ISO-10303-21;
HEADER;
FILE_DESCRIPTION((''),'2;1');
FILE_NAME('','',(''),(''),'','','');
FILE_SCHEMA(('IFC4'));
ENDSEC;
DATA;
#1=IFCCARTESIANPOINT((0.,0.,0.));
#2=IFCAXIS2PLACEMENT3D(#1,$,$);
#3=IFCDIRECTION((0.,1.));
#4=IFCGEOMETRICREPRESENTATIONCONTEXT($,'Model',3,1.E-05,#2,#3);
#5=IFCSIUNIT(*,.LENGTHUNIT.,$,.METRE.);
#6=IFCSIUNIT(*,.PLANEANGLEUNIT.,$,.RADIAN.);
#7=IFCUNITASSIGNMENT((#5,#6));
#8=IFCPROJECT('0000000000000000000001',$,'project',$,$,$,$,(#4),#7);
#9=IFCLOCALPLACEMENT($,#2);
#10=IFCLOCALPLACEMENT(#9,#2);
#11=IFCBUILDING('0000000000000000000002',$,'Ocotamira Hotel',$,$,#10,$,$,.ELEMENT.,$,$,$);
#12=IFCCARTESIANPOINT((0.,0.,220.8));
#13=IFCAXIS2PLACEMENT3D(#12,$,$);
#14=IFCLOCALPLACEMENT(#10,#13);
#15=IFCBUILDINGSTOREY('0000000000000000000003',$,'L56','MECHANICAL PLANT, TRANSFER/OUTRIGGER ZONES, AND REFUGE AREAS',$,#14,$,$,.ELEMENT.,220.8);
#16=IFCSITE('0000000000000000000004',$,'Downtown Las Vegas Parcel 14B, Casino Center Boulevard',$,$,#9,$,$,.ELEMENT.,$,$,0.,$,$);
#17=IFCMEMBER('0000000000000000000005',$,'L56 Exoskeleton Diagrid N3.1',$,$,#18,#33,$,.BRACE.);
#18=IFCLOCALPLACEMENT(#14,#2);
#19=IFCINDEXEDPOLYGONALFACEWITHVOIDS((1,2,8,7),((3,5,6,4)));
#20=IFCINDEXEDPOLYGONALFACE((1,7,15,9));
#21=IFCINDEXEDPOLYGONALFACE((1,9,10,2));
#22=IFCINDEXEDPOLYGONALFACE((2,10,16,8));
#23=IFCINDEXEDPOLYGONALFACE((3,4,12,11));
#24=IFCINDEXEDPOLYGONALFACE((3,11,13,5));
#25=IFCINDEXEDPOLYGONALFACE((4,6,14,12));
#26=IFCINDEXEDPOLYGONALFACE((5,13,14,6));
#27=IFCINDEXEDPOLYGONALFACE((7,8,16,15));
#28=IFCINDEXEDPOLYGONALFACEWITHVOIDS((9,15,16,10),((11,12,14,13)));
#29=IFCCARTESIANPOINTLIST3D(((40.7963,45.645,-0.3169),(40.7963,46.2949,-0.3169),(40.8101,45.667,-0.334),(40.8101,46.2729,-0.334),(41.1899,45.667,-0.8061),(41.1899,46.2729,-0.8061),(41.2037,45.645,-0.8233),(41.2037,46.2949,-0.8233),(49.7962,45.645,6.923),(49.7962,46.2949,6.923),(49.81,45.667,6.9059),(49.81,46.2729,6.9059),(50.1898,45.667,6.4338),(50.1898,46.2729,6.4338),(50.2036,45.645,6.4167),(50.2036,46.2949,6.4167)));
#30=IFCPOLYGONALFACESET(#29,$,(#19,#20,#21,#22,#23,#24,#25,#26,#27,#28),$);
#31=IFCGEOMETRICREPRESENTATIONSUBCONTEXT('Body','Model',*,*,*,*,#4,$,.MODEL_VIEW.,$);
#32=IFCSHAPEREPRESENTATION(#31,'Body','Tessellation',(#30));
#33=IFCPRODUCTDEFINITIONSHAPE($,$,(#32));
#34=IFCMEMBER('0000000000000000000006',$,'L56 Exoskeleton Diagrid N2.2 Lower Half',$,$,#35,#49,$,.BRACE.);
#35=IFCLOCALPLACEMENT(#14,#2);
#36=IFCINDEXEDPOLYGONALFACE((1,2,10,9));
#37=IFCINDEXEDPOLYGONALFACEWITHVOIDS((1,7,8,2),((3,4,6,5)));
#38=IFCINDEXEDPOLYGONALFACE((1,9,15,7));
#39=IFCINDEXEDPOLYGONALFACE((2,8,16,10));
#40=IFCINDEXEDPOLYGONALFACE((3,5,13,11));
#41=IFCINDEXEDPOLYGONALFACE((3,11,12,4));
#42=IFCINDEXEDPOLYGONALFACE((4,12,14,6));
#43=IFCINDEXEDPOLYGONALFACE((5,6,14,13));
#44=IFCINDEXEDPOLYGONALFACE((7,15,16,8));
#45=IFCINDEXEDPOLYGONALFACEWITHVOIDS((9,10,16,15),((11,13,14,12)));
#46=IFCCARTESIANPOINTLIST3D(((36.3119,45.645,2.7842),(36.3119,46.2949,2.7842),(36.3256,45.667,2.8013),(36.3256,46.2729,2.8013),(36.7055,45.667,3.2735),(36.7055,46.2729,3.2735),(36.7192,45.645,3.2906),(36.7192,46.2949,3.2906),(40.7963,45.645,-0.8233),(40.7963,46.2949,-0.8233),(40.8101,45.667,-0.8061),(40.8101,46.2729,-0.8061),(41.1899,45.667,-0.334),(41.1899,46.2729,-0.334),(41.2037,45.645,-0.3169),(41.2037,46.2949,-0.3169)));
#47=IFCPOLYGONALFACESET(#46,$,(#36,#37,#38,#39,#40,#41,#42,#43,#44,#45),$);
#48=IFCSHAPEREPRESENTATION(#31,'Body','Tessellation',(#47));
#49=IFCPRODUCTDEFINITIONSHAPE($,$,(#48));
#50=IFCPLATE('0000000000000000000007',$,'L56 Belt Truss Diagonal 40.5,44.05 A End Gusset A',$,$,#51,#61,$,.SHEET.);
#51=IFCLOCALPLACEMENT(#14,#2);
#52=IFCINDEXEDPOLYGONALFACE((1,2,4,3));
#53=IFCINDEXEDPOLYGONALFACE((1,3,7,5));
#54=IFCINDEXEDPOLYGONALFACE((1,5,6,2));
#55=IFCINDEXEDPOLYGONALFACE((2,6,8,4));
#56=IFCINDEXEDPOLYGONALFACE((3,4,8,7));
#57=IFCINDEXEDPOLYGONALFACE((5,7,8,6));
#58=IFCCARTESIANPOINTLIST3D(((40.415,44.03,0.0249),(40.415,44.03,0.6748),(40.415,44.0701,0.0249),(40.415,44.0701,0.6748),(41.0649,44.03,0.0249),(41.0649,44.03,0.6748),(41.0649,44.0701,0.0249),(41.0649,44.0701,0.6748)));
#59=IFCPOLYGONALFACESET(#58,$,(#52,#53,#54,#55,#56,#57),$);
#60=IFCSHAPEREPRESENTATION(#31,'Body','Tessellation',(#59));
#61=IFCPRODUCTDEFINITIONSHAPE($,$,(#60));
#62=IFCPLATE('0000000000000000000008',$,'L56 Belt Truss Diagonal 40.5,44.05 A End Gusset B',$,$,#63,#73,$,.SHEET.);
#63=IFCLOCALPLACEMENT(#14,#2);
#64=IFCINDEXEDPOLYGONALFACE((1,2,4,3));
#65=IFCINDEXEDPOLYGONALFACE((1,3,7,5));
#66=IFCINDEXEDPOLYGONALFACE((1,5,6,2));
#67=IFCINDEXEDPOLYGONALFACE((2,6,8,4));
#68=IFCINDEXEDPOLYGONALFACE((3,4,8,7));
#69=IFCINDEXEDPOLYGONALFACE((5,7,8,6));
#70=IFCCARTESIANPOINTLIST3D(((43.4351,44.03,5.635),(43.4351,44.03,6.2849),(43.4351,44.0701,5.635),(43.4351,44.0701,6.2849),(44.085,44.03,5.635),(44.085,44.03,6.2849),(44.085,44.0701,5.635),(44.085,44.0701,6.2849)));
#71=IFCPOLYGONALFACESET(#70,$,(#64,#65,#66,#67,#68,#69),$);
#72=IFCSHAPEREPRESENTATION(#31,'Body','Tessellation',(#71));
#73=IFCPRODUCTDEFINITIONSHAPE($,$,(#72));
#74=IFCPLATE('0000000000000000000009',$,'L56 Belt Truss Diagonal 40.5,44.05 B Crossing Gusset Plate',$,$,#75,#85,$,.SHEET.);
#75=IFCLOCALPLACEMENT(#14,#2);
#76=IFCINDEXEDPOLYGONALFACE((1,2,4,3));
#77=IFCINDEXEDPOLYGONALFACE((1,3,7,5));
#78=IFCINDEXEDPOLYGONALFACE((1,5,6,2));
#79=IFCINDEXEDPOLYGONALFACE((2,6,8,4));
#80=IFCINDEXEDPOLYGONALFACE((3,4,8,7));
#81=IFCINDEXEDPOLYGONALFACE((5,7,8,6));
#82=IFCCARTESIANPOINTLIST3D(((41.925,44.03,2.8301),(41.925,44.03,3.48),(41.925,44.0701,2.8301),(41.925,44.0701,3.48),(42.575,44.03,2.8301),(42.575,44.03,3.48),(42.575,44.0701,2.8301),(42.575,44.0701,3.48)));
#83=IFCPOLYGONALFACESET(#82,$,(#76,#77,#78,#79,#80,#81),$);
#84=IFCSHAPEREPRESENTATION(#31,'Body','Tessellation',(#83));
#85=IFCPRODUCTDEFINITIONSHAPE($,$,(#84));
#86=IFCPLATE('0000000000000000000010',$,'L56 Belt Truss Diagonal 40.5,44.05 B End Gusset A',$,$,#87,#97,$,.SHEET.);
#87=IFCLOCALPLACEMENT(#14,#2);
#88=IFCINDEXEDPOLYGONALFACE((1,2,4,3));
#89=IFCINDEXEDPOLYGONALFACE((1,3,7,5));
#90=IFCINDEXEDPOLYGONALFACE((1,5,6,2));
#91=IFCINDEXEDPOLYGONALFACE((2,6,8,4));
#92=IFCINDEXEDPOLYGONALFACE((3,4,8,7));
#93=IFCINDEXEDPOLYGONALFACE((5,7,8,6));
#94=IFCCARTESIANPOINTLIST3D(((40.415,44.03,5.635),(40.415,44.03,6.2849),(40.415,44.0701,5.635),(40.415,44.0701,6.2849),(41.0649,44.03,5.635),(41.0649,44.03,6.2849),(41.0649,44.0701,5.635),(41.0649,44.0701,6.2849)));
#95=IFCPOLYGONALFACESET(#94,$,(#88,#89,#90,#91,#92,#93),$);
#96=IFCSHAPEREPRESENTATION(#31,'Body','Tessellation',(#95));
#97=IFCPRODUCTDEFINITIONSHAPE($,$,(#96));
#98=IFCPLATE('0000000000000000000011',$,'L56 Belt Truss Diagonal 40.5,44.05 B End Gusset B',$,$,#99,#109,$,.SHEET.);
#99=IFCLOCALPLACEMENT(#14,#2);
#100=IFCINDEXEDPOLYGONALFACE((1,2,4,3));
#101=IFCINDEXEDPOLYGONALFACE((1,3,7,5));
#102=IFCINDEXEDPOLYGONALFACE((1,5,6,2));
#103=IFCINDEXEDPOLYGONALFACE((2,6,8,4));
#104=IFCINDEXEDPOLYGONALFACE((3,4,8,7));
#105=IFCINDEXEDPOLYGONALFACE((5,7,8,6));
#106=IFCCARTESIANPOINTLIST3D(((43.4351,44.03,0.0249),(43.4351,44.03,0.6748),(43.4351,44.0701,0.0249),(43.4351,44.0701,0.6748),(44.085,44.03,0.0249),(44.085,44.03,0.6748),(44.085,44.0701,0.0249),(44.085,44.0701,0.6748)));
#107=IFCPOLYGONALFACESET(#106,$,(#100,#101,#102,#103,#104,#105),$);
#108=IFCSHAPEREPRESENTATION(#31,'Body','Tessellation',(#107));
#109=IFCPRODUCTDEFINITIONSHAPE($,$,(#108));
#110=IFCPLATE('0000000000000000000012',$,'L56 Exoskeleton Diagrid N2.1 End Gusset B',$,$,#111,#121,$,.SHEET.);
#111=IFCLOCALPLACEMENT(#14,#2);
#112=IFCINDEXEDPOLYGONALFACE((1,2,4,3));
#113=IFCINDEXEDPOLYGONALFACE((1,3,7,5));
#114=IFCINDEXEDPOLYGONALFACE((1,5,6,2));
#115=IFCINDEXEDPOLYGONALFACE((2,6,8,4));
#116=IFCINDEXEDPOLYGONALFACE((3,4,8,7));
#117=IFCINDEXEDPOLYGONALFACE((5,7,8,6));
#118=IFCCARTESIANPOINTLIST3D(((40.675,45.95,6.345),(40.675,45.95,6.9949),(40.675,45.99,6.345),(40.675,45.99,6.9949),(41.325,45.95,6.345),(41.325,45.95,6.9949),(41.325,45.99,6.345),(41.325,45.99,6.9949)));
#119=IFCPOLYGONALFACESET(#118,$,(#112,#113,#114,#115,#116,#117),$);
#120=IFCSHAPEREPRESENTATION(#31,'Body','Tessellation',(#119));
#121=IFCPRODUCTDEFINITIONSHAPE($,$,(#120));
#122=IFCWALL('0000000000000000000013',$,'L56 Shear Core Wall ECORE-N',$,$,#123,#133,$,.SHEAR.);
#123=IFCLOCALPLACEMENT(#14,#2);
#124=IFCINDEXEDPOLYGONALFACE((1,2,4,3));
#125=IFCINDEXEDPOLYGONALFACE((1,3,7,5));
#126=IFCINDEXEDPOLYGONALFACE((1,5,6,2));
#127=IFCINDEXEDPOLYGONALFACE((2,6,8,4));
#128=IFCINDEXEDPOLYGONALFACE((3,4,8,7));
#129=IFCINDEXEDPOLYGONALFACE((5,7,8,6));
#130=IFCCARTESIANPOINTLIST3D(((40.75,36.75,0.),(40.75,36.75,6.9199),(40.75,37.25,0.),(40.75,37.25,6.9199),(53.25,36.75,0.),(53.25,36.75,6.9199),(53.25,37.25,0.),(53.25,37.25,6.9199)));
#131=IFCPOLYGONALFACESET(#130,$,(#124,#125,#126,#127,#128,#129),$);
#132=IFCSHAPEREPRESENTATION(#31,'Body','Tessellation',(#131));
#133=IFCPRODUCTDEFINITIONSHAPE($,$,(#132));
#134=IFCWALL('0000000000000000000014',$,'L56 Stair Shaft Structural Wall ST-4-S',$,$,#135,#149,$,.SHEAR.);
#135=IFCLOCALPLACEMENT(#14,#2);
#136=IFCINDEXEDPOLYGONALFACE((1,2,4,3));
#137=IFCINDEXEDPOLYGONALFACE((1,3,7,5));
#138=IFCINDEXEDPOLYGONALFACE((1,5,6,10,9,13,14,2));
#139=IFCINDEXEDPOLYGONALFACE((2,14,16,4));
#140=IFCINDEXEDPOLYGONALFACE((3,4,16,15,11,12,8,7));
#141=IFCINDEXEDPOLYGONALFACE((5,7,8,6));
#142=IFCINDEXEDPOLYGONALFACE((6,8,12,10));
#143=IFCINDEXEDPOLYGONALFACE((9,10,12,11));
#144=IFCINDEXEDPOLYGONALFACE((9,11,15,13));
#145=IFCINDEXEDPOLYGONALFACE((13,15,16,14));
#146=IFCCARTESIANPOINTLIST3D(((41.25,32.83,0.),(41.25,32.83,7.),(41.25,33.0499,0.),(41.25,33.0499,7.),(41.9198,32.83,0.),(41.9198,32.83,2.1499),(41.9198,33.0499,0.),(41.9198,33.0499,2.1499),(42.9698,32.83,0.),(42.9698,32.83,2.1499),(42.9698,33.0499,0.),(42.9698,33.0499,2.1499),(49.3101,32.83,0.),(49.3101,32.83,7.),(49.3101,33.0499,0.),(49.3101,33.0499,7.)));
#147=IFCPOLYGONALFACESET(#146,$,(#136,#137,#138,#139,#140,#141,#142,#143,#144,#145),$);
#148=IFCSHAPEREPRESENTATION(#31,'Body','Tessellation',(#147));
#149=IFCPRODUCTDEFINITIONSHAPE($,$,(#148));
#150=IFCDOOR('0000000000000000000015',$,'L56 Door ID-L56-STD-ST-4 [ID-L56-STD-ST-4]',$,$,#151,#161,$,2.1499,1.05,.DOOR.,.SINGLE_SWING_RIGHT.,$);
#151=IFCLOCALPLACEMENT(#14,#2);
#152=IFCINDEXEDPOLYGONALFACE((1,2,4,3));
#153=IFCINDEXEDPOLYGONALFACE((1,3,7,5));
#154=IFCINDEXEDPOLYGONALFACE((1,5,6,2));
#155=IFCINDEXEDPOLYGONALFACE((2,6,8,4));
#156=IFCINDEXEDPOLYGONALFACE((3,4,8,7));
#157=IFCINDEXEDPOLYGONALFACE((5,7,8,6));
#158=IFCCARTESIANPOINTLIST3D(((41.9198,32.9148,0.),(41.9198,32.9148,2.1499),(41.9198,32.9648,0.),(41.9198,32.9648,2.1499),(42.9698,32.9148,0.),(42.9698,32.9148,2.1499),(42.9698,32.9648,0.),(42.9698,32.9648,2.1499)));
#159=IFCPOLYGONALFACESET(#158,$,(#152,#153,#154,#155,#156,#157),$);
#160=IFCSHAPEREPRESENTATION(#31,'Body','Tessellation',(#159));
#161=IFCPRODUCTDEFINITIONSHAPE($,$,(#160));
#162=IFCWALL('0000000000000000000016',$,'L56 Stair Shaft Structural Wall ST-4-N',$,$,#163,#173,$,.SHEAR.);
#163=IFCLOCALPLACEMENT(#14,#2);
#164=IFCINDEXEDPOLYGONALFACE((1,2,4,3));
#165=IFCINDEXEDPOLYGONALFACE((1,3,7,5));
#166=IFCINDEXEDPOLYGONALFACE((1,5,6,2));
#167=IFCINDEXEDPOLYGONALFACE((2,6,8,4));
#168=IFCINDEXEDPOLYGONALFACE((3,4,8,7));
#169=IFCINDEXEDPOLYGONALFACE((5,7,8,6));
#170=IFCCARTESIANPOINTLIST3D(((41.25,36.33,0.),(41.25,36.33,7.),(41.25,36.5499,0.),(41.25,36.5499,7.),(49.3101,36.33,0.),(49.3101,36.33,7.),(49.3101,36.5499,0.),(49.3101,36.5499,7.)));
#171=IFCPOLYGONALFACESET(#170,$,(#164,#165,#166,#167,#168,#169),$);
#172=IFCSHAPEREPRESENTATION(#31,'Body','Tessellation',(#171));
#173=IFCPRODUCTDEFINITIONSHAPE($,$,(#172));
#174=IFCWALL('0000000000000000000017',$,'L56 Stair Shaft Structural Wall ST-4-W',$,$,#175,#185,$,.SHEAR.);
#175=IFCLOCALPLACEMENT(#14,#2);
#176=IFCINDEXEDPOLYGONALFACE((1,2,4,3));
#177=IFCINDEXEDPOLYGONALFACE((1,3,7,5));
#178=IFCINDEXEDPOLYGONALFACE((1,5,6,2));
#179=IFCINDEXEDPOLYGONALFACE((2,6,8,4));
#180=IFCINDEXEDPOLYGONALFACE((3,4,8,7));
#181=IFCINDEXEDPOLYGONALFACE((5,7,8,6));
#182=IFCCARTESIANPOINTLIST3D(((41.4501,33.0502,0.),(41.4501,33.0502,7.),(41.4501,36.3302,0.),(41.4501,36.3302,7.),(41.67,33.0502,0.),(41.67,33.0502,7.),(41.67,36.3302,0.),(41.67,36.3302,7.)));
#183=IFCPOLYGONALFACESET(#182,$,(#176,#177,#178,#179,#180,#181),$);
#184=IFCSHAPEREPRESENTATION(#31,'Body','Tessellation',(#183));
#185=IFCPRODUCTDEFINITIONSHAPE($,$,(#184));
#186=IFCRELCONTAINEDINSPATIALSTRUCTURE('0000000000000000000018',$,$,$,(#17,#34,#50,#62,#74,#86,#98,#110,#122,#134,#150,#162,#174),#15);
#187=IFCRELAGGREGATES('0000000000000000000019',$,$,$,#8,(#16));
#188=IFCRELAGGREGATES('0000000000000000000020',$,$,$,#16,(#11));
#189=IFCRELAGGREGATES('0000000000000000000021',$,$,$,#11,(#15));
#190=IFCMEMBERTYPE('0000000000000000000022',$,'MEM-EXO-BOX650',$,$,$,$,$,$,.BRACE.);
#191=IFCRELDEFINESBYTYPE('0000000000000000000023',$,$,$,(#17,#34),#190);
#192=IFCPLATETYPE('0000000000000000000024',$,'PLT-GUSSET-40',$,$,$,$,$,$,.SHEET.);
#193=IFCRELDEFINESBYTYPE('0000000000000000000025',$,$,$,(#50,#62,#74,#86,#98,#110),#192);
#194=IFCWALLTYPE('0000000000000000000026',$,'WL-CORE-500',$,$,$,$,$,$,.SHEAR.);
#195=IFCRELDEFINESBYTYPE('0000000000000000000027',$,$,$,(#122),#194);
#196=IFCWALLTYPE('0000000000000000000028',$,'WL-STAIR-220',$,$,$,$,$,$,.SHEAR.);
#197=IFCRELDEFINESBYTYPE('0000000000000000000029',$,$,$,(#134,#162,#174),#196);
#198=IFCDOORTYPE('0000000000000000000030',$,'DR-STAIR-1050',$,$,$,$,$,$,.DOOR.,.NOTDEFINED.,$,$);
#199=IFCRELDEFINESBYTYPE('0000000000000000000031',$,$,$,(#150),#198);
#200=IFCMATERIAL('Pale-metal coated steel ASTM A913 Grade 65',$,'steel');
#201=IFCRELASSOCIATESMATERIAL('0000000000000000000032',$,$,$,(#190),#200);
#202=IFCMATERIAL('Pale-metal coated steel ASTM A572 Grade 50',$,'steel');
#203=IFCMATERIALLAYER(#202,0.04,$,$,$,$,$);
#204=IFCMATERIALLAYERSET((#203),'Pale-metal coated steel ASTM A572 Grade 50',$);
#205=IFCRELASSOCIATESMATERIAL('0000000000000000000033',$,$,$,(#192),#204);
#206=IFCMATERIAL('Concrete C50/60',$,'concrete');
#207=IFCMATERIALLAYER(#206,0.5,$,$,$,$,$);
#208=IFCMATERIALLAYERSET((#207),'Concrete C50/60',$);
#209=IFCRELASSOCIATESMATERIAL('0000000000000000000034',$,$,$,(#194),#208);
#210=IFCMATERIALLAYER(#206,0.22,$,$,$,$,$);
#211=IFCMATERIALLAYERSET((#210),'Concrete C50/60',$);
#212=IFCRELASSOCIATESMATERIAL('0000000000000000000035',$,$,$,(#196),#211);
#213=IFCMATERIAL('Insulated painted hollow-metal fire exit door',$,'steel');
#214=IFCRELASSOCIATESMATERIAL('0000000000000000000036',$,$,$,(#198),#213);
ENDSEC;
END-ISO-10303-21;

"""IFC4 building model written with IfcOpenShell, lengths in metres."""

from ifc_helpers import new_model, si_unit, direction, frame, frame_2d, origin, origin_2d, place, context, subcontext, project, spatial, rectangle, hollow_rectangle, extrude, source, transform, mapped, material, layer, layer_set, material_profile, profile_set, type_object, element, fill, save


model = new_model("IFC4")

# Units and contexts
model_context = context("Model", 3, precision=1e-05, world=origin(), true_north=direction((0.0, 1.0)))
body_context = subcontext(model_context, "Body", "Model", "MODEL_VIEW")
ifc_project = project(units=[si_unit("LENGTHUNIT", "METRE"), si_unit("PLANEANGLEUNIT", "RADIAN")], contexts=[model_context])

# Site, building, storey
site_placement = place(None, origin())
site = spatial("IfcSite", under=ifc_project, at=site_placement, Name="Downtown Las Vegas Parcel 14B, Casino Center Boulevard", CompositionType="ELEMENT", RefElevation=0.0)
building_placement = place(site_placement, origin())
building = spatial("IfcBuilding", under=site, at=building_placement, Name="Ocotamira Hotel", CompositionType="ELEMENT")
storey_placement = place(building_placement, frame((0.0, 0.0, 220.8)))
storey = spatial("IfcBuildingStorey", under=building, at=storey_placement, Name="L56", Description="MECHANICAL PLANT, TRANSFER/OUTRIGGER ZONES, AND REFUGE AREAS", CompositionType="ELEMENT", Elevation=220.8)

# Shared definitions
ifc_material_1 = material(Name="Concrete C50/60", Category="concrete")

# Members
ifc_material_2 = material(Name="Pale-metal coated steel ASTM A913 Grade 65", Category="steel")
ifc_material_profile_1 = material_profile(ifc_material_2, hollow_rectangle(XDim=0.6499, YDim=0.6499, WallThickness=0.022, at=origin_2d()), Name="BOX650X650X22")
ifc_profile_set_1 = profile_set([ifc_material_profile_1], Name="Pale-metal coated steel ASTM A913 Grade 65")
member_type_1 = type_object("IfcMemberType", Name="MEM-EXO-BOX650", PredefinedType="BRACE", material=ifc_profile_set_1)
shared_shape_1 = source(origin(), body_context, "Body", "SweptSolid", [
    extrude(hollow_rectangle(XDim=0.6499, YDim=0.6499, WallThickness=0.022, at=origin_2d()), origin(), (0.0, 0.0, 1.0), 11.5505),
])
member_1_placement = place(storey_placement, frame((41.0, 45.97, -0.5701), z_axis=(0.779177, 0.0, 0.626804), x_axis=(0.0, 1.0, 0.0)))
element("IfcMember", 1, at=member_1_placement, inside=storey, type_object=member_type_1, Name="L56 Exoskeleton Diagrid N3.1", PredefinedType="BRACE", context=body_context, shape_type="MappedRepresentation", body=[
    mapped(shared_shape_1, transform((0.0, 0.0, 0.0), scale=1.0)),
])
shared_shape_2 = source(origin(), body_context, "Body", "SweptSolid", [
    extrude(hollow_rectangle(XDim=0.6499, YDim=0.6499, WallThickness=0.022, at=origin_2d()), origin(), (0.0, 0.0, 1.0), 5.7554),
])
member_2_placement = place(storey_placement, frame((41.0, 45.97, -0.5701), z_axis=(-0.779177, 0.0, 0.626803), x_axis=(0.0, -1.0, 0.0)))
element("IfcMember", 2, at=member_2_placement, inside=storey, type_object=member_type_1, Name="L56 Exoskeleton Diagrid N2.2 Lower Half", PredefinedType="BRACE", context=body_context, shape_type="MappedRepresentation", body=[
    mapped(shared_shape_2, transform((0.0, 0.0, 0.0), scale=1.0)),
])

# Plates
ifc_material_3 = material(Name="Pale-metal coated steel ASTM A572 Grade 50", Category="steel")
ifc_layer_1 = layer(ifc_material_3, 0.04)
ifc_layer_set_1 = layer_set([ifc_layer_1], Name="Pale-metal coated steel ASTM A572 Grade 50")
plate_type = type_object("IfcPlateType", Name="PLT-GUSSET-40", PredefinedType="SHEET", material=ifc_layer_set_1)
shared_shape_3 = source(origin(), body_context, "Body", "SweptSolid", [
    extrude(rectangle(XDim=0.6499, YDim=0.04, at=origin_2d()), origin(), (0.0, 0.0, 1.0), 0.6499),
])
for number, where, z_axis, x_axis, name in (
    (3, (40.74, 44.05, 0.0249), (0.0, 0.0, 1.0), (1.0, 0.0, 0.0), "L56 Belt Truss Diagonal 40.5,44.05 A End Gusset A"),
    (4, (43.76, 44.05, 5.635), (0.0, 0.0, 1.0), (1.0, 0.0, 0.0), "L56 Belt Truss Diagonal 40.5,44.05 A End Gusset B"),
    (5, (42.25, 44.05, 2.8301), (0.0, 0.0, 1.0), (1.0, 0.0, 0.0), "L56 Belt Truss Diagonal 40.5,44.05 B Crossing Gusset Plate"),
    (6, (40.74, 44.05, 5.635), (0.0, 0.0, 1.0), (1.0, 0.0, 0.0), "L56 Belt Truss Diagonal 40.5,44.05 B End Gusset A"),
    (7, (43.76, 44.05, 0.0249), (0.0, 0.0, 1.0), (1.0, 0.0, 0.0), "L56 Belt Truss Diagonal 40.5,44.05 B End Gusset B"),
    (8, (41.0, 45.97, 6.345), (0.0, 0.0, 1.0), (1.0, 0.0, 0.0), "L56 Exoskeleton Diagrid N2.1 End Gusset B"),
):
    element("IfcPlate", number, at=place(storey_placement, frame(where, z_axis=z_axis, x_axis=x_axis)), inside=storey, type_object=plate_type, Name=name, PredefinedType="SHEET", context=body_context, shape_type="MappedRepresentation", body=[
        mapped(shared_shape_3, transform((0.0, 0.0, 0.0), scale=1.0)),
    ])

# Wall
ifc_layer_2 = layer(ifc_material_1, 0.5)
ifc_layer_set_2 = layer_set([ifc_layer_2], Name="Concrete C50/60")
wall_type_1 = type_object("IfcWallType", Name="WL-CORE-500", PredefinedType="SHEAR", material=ifc_layer_set_2)
wall_1_placement = place(storey_placement, frame((40.75, 37.0, 0.0), z_axis=(0.0, 0.0, 1.0), x_axis=(1.0, 0.0, 0.0)))
element("IfcWall", 9, at=wall_1_placement, inside=storey, type_object=wall_type_1, Name="L56 Shear Core Wall ECORE-N", PredefinedType="SHEAR", context=body_context, shape_type="SweptSolid", body=[
    extrude(rectangle(XDim=12.5, YDim=0.5, at=frame_2d((6.25, 0.0))), origin(), (0.0, 0.0, 1.0), 6.9199),
])

# Wall, opening, door
ifc_layer_3 = layer(ifc_material_1, 0.22)
ifc_layer_set_3 = layer_set([ifc_layer_3], Name="Concrete C50/60")
wall_type_2 = type_object("IfcWallType", Name="WL-STAIR-220", PredefinedType="SHEAR", material=ifc_layer_set_3)
wall_2_placement = place(storey_placement, frame((41.25, 32.9399, 0.0), z_axis=(0.0, 0.0, 1.0), x_axis=(1.0, 0.0, 0.0)))
wall_2 = element("IfcWall", 10, at=wall_2_placement, inside=storey, type_object=wall_type_2, Name="L56 Stair Shaft Structural Wall ST-4-S", PredefinedType="SHEAR", context=body_context, shape_type="SweptSolid", body=[
    extrude(rectangle(XDim=8.0601, YDim=0.22, at=frame_2d((4.03, 0.0))), origin(), (0.0, 0.0, 1.0), 7.0),
])
opening_placement = place(wall_2_placement, frame((0.6699, 0.0, 0.0)))
opening = element("IfcOpeningElement", 11, at=opening_placement, cuts=wall_2, PredefinedType="OPENING", context=body_context, shape_type="SweptSolid", body=[
    extrude(rectangle(XDim=1.05, YDim=2.1499, at=frame_2d((0.5249, 1.075))), frame((0.0, 0.1201, 0.0), z_axis=(0.0, -1.0, 0.0), x_axis=(1.0, 0.0, 0.0)), (0.0, 0.0, 1.0), 0.24),
])
ifc_material_4 = material(Name="Insulated painted hollow-metal fire exit door", Category="steel")
door_type = type_object("IfcDoorType", Name="DR-STAIR-1050", OperationType="NOTDEFINED", PredefinedType="DOOR", material=ifc_material_4)
shared_shape_4 = source(origin(), body_context, "Body", "SweptSolid", [
    extrude(rectangle(XDim=1.05, YDim=2.1499, at=frame_2d((0.5249, 1.075))), frame((0.0, 0.0249, 0.0), z_axis=(0.0, -1.0, 0.0), x_axis=(1.0, 0.0, 0.0)), (0.0, 0.0, 1.0), 0.05),
])
door_placement = place(opening_placement, origin())
door = element("IfcDoor", 12, at=door_placement, inside=storey, type_object=door_type, Name="L56 Door ID-L56-STD-ST-4 [ID-L56-STD-ST-4]", OperationType="SINGLE_SWING_RIGHT", OverallHeight=2.1499, OverallWidth=1.05, PredefinedType="DOOR", context=body_context, shape_type="MappedRepresentation", body=[
    mapped(shared_shape_4, transform((0.0, 0.0, 0.0), scale=1.0)),
])
fill(opening, door)

# Walls
wall_3_placement = place(storey_placement, frame((41.25, 36.4399, 0.0), z_axis=(0.0, 0.0, 1.0), x_axis=(1.0, 0.0, 0.0)))
element("IfcWall", 13, at=wall_3_placement, inside=storey, type_object=wall_type_2, Name="L56 Stair Shaft Structural Wall ST-4-N", PredefinedType="SHEAR", context=body_context, shape_type="SweptSolid", body=[
    extrude(rectangle(XDim=8.0601, YDim=0.22, at=frame_2d((4.03, 0.0))), origin(), (0.0, 0.0, 1.0), 7.0),
])
wall_4_placement = place(storey_placement, frame((41.5601, 33.05, 0.0), z_axis=(0.0, 0.0, 1.0), x_axis=(0.0, 1.0, 0.0)))
element("IfcWall", 14, at=wall_4_placement, inside=storey, type_object=wall_type_2, Name="L56 Stair Shaft Structural Wall ST-4-W", PredefinedType="SHEAR", context=body_context, shape_type="SweptSolid", body=[
    extrude(rectangle(XDim=3.28, YDim=0.22, at=frame_2d((1.6401, 0.0))), origin(), (0.0, 0.0, 1.0), 7.0),
])

save(model, "model.ifc")
